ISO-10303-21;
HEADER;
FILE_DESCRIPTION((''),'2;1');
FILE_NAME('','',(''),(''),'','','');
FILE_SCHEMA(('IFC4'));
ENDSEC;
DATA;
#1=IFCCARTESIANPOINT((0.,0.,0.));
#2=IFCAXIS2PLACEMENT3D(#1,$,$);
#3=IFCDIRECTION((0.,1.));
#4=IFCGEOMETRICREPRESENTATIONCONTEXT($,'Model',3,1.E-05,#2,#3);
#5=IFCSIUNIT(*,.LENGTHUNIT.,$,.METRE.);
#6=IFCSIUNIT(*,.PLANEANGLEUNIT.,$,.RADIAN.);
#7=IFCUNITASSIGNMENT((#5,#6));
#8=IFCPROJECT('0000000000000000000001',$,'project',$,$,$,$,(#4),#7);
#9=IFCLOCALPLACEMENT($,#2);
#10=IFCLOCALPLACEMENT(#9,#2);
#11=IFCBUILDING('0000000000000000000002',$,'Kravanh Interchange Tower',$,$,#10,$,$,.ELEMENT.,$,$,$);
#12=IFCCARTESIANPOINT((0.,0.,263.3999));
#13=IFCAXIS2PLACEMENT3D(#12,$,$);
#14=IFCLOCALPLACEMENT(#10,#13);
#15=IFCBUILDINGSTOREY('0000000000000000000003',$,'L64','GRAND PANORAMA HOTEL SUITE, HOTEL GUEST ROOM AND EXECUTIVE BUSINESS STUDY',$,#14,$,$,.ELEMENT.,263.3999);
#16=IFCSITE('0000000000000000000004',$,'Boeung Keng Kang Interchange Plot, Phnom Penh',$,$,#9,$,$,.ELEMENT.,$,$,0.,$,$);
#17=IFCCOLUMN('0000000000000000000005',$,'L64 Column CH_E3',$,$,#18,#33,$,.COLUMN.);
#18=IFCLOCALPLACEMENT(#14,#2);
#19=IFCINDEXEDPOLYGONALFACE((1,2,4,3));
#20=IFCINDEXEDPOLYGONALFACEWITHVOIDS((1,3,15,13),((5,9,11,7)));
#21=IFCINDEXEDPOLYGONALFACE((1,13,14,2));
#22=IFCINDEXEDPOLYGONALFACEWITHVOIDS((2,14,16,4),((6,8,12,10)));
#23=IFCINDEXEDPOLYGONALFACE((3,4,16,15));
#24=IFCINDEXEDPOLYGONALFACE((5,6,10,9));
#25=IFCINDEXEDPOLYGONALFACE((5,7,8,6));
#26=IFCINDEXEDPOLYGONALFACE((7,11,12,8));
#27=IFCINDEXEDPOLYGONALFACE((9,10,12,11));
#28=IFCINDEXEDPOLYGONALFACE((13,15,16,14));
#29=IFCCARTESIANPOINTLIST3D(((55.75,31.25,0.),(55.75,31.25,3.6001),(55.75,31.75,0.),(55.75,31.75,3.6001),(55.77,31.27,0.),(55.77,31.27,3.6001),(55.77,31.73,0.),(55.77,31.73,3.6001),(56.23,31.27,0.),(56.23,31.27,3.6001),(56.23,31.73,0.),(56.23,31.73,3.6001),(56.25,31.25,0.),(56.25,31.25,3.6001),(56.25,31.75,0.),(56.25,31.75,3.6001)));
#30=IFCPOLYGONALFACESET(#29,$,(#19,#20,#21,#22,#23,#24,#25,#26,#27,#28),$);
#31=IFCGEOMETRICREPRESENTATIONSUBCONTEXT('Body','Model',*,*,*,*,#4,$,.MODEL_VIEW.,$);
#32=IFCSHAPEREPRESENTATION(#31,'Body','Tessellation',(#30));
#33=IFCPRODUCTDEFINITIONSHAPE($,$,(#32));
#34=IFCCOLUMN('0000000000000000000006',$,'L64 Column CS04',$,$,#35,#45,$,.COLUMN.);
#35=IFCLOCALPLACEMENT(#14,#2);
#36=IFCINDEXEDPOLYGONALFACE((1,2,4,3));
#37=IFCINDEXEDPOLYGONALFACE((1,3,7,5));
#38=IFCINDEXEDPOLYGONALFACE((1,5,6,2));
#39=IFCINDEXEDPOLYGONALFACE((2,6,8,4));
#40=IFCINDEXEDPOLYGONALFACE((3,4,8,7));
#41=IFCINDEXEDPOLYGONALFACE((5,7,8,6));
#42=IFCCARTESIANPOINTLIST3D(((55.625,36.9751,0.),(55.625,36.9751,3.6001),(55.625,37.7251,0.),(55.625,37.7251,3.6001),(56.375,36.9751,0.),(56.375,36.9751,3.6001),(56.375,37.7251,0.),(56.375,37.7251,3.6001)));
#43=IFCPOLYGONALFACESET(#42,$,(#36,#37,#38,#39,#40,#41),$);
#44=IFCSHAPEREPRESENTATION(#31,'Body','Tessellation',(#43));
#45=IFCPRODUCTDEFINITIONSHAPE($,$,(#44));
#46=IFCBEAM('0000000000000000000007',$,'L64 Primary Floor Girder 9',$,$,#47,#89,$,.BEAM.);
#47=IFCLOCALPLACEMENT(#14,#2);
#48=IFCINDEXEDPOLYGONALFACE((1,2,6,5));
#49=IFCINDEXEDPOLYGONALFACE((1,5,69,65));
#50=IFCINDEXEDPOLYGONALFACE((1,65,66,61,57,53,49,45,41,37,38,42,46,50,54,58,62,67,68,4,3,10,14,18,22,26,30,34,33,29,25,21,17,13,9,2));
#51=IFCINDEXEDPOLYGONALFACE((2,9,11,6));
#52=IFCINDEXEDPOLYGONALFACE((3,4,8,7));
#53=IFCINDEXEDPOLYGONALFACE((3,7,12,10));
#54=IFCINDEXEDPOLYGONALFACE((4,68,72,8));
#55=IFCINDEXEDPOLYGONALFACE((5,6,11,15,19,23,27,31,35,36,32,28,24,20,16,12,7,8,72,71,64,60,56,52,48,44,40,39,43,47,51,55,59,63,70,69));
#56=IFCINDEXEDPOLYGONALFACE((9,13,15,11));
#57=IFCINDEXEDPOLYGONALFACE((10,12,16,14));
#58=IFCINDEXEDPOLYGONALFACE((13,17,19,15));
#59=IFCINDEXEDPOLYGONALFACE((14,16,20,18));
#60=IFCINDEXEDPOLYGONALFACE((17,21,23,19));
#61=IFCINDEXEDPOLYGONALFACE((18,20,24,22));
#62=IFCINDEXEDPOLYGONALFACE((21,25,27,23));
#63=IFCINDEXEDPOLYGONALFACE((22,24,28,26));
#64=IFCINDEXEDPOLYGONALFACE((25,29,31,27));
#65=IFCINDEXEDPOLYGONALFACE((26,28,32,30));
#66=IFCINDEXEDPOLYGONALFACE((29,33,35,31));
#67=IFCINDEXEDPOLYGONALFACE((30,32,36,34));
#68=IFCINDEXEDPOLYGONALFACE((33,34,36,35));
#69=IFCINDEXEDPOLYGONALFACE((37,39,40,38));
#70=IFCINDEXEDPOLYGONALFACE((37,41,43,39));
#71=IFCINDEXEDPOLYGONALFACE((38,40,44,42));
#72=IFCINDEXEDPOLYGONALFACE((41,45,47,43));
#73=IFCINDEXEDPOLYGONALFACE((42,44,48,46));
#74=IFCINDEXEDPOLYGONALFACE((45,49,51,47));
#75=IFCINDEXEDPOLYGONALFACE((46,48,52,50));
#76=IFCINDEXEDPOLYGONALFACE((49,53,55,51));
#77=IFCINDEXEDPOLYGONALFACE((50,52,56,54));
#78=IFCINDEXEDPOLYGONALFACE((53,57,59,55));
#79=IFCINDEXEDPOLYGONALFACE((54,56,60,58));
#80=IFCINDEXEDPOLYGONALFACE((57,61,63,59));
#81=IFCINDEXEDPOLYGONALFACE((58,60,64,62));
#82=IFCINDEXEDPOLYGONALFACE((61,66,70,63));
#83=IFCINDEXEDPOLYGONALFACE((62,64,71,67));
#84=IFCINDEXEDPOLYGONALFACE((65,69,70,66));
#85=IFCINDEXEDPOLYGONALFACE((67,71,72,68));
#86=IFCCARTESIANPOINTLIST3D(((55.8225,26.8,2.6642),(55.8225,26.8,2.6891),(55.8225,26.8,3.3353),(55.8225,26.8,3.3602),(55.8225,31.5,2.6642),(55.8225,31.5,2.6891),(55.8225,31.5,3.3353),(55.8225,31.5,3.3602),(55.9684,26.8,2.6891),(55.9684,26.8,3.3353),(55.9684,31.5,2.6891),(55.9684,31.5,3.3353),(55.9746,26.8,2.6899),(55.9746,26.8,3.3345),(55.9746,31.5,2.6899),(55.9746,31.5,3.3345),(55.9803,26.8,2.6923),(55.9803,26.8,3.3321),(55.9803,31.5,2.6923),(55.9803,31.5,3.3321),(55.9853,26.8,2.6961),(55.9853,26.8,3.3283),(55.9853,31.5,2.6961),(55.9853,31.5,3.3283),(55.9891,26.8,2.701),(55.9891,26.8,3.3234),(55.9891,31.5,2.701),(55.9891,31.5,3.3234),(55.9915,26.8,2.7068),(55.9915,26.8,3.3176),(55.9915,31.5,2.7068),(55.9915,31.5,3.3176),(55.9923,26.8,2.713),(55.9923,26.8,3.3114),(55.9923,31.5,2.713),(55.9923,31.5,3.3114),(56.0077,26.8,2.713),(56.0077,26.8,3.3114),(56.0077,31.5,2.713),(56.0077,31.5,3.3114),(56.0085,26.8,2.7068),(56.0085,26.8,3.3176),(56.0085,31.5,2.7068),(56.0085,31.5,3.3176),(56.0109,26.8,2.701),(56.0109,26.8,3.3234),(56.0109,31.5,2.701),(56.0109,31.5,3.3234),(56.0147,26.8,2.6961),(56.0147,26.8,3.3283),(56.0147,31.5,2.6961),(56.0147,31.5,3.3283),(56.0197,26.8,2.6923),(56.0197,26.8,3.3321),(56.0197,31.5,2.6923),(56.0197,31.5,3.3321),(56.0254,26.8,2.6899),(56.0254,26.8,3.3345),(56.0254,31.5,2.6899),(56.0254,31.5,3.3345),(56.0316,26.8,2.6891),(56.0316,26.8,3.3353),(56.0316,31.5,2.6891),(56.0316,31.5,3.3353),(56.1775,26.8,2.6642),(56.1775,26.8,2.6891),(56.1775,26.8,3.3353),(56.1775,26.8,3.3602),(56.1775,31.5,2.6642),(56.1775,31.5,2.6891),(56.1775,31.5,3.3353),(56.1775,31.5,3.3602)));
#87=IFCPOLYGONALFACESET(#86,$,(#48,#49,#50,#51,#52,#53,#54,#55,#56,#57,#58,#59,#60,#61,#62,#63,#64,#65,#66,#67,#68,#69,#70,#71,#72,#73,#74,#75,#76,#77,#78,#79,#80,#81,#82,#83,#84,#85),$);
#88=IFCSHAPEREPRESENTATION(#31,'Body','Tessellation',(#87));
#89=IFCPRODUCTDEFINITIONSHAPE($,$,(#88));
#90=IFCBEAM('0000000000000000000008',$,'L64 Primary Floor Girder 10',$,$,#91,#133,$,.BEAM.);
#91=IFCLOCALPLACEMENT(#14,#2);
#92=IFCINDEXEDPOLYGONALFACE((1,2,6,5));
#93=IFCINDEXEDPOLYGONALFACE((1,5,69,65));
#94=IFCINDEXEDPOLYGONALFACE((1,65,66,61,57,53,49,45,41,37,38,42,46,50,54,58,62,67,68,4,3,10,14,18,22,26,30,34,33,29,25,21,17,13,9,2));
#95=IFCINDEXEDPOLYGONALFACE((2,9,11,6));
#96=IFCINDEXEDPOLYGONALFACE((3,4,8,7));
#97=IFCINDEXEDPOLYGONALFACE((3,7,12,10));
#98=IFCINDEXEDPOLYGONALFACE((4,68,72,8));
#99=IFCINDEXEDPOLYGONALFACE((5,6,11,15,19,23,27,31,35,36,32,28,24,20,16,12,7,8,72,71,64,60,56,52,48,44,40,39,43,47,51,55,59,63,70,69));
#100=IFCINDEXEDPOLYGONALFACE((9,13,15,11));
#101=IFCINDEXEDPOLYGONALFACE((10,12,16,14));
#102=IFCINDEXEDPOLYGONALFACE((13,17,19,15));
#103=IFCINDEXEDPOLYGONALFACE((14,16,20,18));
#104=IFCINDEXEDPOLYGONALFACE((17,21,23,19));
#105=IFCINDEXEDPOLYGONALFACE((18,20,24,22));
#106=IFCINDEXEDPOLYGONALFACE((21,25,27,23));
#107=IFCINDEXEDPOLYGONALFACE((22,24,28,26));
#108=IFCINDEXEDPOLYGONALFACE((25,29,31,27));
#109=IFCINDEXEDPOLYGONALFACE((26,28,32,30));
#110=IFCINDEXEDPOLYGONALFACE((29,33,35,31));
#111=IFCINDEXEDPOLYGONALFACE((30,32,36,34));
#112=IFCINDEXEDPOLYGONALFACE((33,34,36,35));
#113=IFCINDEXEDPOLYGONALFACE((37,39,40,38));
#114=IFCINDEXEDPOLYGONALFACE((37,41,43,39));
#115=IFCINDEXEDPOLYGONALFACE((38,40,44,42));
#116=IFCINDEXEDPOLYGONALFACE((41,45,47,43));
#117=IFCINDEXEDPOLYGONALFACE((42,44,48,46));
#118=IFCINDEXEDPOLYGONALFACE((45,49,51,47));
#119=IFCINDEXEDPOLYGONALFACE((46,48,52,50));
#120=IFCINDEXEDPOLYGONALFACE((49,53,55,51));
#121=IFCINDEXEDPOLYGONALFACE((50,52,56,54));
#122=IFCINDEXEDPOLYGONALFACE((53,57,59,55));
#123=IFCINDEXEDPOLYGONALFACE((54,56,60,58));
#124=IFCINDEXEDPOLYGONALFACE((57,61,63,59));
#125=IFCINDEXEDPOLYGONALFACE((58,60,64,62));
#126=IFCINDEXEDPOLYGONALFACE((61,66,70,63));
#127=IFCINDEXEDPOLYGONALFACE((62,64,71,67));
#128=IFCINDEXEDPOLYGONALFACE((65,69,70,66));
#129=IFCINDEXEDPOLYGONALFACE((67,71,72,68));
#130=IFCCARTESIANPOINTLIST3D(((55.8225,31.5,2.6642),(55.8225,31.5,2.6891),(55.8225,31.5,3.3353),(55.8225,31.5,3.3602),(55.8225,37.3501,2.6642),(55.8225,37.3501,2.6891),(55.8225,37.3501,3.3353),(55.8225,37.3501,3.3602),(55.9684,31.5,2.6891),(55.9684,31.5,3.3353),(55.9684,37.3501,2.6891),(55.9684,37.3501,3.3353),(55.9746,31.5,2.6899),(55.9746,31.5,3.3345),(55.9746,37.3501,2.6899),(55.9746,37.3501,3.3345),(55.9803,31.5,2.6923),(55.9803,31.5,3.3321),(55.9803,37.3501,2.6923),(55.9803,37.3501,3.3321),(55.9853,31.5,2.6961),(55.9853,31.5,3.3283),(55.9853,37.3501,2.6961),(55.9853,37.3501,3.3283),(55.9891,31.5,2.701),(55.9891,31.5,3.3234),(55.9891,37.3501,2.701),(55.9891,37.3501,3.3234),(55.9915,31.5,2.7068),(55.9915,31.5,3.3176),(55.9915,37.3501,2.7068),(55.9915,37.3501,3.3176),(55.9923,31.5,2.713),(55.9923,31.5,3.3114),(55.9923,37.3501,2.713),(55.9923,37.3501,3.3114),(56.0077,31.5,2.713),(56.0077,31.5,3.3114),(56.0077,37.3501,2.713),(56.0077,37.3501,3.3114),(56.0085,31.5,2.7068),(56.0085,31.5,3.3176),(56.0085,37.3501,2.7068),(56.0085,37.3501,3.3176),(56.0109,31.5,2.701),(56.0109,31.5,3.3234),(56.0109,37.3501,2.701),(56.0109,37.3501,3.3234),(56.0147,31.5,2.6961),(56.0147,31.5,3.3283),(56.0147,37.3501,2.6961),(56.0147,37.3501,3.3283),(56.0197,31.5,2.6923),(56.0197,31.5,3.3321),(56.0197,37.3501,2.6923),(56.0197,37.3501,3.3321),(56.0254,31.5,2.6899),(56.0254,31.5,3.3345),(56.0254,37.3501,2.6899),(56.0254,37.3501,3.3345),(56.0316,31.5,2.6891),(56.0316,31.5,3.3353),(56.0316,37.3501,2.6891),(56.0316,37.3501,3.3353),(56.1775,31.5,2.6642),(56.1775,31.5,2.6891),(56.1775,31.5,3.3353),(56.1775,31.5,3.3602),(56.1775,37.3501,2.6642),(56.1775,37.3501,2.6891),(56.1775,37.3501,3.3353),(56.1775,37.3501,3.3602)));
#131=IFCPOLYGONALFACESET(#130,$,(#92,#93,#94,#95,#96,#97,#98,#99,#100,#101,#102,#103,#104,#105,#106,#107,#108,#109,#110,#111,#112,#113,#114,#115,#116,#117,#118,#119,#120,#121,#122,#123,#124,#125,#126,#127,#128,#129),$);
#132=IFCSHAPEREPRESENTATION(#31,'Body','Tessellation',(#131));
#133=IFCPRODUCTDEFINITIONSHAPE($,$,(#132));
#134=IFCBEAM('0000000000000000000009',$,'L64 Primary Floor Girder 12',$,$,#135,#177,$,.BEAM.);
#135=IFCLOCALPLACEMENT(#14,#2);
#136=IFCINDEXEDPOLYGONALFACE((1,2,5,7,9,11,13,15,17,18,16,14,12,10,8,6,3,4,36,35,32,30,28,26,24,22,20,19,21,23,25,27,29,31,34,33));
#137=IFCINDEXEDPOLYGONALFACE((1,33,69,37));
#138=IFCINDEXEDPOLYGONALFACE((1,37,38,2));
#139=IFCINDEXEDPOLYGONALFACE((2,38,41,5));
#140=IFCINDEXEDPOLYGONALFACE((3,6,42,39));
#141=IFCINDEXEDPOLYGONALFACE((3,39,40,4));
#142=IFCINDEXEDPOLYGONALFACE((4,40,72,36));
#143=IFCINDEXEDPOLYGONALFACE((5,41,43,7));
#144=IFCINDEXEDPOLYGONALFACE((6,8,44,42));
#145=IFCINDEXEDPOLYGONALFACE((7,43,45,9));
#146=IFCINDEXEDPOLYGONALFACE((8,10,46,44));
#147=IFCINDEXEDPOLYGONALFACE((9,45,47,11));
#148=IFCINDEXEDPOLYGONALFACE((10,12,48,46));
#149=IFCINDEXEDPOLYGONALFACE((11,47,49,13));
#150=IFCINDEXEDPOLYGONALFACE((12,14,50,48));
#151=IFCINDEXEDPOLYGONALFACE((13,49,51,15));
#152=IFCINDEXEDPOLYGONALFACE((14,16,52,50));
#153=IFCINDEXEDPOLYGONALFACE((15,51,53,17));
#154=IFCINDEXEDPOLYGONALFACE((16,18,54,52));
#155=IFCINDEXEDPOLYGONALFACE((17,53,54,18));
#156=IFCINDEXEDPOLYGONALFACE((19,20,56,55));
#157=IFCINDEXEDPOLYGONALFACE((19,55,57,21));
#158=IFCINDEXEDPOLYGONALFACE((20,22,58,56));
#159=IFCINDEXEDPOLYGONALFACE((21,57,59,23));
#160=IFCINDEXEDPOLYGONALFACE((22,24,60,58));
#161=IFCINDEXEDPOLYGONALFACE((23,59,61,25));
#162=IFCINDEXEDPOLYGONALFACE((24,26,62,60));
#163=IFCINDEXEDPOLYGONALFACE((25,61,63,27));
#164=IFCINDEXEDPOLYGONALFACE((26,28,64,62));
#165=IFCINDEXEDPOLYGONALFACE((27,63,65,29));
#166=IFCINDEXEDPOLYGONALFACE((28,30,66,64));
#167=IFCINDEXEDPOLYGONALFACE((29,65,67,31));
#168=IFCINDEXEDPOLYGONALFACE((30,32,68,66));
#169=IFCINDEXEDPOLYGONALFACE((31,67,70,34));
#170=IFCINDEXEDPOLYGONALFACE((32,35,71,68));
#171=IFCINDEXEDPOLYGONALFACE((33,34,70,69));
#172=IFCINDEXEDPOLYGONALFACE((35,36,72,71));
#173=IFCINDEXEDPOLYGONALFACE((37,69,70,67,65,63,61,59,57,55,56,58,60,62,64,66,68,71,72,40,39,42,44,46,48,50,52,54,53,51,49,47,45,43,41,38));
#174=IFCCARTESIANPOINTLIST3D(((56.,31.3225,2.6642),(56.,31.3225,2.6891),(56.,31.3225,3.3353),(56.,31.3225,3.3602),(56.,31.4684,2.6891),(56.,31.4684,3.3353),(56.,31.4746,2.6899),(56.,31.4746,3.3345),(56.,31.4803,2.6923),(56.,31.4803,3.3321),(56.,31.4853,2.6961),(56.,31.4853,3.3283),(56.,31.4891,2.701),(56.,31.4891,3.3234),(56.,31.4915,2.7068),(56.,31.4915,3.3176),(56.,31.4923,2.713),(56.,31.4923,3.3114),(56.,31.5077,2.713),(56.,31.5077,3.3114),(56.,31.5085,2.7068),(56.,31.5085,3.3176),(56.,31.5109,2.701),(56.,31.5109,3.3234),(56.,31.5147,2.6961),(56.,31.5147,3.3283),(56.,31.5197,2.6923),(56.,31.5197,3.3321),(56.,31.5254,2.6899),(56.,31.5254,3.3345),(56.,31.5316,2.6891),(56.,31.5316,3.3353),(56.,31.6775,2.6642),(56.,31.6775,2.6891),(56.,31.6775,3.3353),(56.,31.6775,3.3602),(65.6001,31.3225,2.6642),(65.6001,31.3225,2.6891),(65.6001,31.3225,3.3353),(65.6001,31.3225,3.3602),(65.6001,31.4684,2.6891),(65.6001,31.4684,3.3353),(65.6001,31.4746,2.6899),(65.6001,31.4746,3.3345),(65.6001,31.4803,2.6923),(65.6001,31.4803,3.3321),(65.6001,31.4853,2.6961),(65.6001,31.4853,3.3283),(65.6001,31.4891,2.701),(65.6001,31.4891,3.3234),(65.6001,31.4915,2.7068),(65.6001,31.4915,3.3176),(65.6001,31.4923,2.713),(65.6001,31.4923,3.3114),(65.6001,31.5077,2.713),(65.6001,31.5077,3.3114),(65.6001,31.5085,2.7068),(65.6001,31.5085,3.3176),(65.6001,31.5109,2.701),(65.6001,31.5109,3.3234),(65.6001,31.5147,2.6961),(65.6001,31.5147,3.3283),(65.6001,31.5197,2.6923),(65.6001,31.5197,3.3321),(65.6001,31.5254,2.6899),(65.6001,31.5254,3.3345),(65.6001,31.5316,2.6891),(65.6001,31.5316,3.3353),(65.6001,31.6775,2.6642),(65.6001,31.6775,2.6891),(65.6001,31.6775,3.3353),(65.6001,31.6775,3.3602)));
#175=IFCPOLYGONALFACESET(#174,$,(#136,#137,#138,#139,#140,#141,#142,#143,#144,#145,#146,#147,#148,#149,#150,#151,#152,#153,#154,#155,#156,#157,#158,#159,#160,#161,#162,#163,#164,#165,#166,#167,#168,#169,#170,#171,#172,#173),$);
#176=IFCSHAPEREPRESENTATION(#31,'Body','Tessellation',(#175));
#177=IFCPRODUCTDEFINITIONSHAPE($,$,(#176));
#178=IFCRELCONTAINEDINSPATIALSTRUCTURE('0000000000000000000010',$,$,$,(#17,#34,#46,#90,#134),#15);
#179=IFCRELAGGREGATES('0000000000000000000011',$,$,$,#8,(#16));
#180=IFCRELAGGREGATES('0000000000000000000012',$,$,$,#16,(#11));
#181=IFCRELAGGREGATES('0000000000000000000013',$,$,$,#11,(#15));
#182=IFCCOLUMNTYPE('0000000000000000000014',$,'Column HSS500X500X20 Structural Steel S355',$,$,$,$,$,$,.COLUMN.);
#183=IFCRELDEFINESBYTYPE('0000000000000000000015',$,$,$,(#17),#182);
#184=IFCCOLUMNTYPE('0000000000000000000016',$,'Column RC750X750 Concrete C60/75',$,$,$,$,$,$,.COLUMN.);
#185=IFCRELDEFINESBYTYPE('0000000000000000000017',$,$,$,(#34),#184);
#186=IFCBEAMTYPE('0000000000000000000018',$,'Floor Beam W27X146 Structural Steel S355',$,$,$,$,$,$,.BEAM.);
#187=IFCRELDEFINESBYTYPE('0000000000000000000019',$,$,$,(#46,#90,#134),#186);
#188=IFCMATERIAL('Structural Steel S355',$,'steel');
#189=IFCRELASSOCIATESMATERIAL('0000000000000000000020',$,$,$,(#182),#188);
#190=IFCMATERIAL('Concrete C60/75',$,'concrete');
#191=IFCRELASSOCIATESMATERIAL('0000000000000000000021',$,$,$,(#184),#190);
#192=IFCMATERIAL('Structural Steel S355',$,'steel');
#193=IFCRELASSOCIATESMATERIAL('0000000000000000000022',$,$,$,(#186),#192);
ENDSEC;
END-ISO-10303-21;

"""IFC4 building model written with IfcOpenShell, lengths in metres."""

from ifc_helpers import new_model, si_unit, direction, frame, origin, origin_2d, place, context, subcontext, project, spatial, rectangle, hollow_rectangle, i_section, extrude, material, material_profile, profile_set, type_object, element, save


model = new_model("IFC4")

# Units and contexts
model_context = context("Model", 3, precision=1e-05, world=origin(), true_north=direction((0.0, 1.0)))
body_context = subcontext(model_context, "Body", "Model", "MODEL_VIEW")
ifc_project = project(units=[si_unit("LENGTHUNIT", "METRE"), si_unit("PLANEANGLEUNIT", "RADIAN")], contexts=[model_context])

# Site, building, storey
site_placement = place(None, origin())
site = spatial("IfcSite", under=ifc_project, at=site_placement, Name="Boeung Keng Kang Interchange Plot, Phnom Penh", CompositionType="ELEMENT", RefElevation=0.0)
building_placement = place(site_placement, origin())
building = spatial("IfcBuilding", under=site, at=building_placement, Name="Kravanh Interchange Tower", CompositionType="ELEMENT")
storey_placement = place(building_placement, frame((0.0, 0.0, 263.3999)))
storey = spatial("IfcBuildingStorey", under=building, at=storey_placement, Name="L64", Description="GRAND PANORAMA HOTEL SUITE, HOTEL GUEST ROOM AND EXECUTIVE BUSINESS STUDY", CompositionType="ELEMENT", Elevation=263.3999)

# Columns
ifc_material_1 = material(Name="Structural Steel S355", Category="steel")
ifc_material_profile_1 = material_profile(ifc_material_1, hollow_rectangle(XDim=0.5, YDim=0.5, WallThickness=0.02, at=origin_2d()), Name="HSS500X500X20")
ifc_profile_set_1 = profile_set([ifc_material_profile_1], Name="Structural Steel S355")
column_type_1 = type_object("IfcColumnType", Name="Column HSS500X500X20 Structural Steel S355", PredefinedType="COLUMN", material=ifc_profile_set_1)
column_1_placement = place(storey_placement, frame((56.0, 31.5, 0.0), z_axis=(0.0, 0.0, 1.0), x_axis=(1.0, 0.0, 0.0)))
element("IfcColumn", 1, at=column_1_placement, inside=storey, type_object=column_type_1, Name="L64 Column CH_E3", PredefinedType="COLUMN", context=body_context, shape_type="SweptSolid", body=[
    extrude(hollow_rectangle(XDim=0.5, YDim=0.5, WallThickness=0.02, at=origin_2d()), origin(), (0.0, 0.0, 1.0), 3.6001),
])
ifc_material_2 = material(Name="Concrete C60/75", Category="concrete")
ifc_material_profile_2 = material_profile(ifc_material_2, rectangle(XDim=0.75, YDim=0.75, at=origin_2d()), Name="RC750X750")
ifc_profile_set_2 = profile_set([ifc_material_profile_2], Name="Concrete C60/75")
column_type_2 = type_object("IfcColumnType", Name="Column RC750X750 Concrete C60/75", PredefinedType="COLUMN", material=ifc_profile_set_2)
column_2_placement = place(storey_placement, frame((56.0, 37.3501, 0.0), z_axis=(0.0, 0.0, 1.0), x_axis=(1.0, 0.0, 0.0)))
element("IfcColumn", 2, at=column_2_placement, inside=storey, type_object=column_type_2, Name="L64 Column CS04", PredefinedType="COLUMN", context=body_context, shape_type="SweptSolid", body=[
    extrude(rectangle(XDim=0.75, YDim=0.75, at=origin_2d()), origin(), (0.0, 0.0, 1.0), 3.6001),
])

# Beams
ifc_material_3 = material(Name="Structural Steel S355", Category="steel")
ifc_material_profile_3 = material_profile(ifc_material_3, i_section(OverallWidth=0.355, OverallDepth=0.696, WebThickness=0.0154, FlangeThickness=0.0249, FilletRadius=0.0239, at=origin_2d()), Name="W27X146")
ifc_profile_set_3 = profile_set([ifc_material_profile_3], Name="Structural Steel S355")
beam_type_1 = type_object("IfcBeamType", Name="Floor Beam W27X146 Structural Steel S355", PredefinedType="BEAM", material=ifc_profile_set_3)
beam_1_placement = place(storey_placement, frame((56.0, 31.5, 3.0122), z_axis=(0.0, -1.0, 0.0), x_axis=(1.0, 0.0, 0.0)))
element("IfcBeam", 3, at=beam_1_placement, inside=storey, type_object=beam_type_1, Name="L64 Primary Floor Girder 9", PredefinedType="BEAM", context=body_context, shape_type="SweptSolid", body=[
    extrude(i_section(OverallWidth=0.355, OverallDepth=0.696, WebThickness=0.0154, FlangeThickness=0.0249, FilletRadius=0.0239, at=origin_2d()), origin(), (0.0, 0.0, 1.0), 4.7),
])
beam_2_placement = place(storey_placement, frame((56.0, 31.5, 3.0122), z_axis=(0.0, 1.0, 0.0), x_axis=(-1.0, 0.0, 0.0)))
element("IfcBeam", 4, at=beam_2_placement, inside=storey, type_object=beam_type_1, Name="L64 Primary Floor Girder 10", PredefinedType="BEAM", context=body_context, shape_type="SweptSolid", body=[
    extrude(i_section(OverallWidth=0.355, OverallDepth=0.696, WebThickness=0.0154, FlangeThickness=0.0249, FilletRadius=0.0239, at=origin_2d()), origin(), (0.0, 0.0, 1.0), 5.8501),
])
beam_3_placement = place(storey_placement, frame((56.0, 31.5, 3.0122), z_axis=(1.0, 0.0, 0.0), x_axis=(0.0, 1.0, 0.0)))
element("IfcBeam", 5, at=beam_3_placement, inside=storey, type_object=beam_type_1, Name="L64 Primary Floor Girder 12", PredefinedType="BEAM", context=body_context, shape_type="SweptSolid", body=[
    extrude(i_section(OverallWidth=0.355, OverallDepth=0.696, WebThickness=0.0154, FlangeThickness=0.0249, FilletRadius=0.0239, at=origin_2d()), origin(), (0.0, 0.0, 1.0), 9.6001),
])

save(model, "model.ifc")
